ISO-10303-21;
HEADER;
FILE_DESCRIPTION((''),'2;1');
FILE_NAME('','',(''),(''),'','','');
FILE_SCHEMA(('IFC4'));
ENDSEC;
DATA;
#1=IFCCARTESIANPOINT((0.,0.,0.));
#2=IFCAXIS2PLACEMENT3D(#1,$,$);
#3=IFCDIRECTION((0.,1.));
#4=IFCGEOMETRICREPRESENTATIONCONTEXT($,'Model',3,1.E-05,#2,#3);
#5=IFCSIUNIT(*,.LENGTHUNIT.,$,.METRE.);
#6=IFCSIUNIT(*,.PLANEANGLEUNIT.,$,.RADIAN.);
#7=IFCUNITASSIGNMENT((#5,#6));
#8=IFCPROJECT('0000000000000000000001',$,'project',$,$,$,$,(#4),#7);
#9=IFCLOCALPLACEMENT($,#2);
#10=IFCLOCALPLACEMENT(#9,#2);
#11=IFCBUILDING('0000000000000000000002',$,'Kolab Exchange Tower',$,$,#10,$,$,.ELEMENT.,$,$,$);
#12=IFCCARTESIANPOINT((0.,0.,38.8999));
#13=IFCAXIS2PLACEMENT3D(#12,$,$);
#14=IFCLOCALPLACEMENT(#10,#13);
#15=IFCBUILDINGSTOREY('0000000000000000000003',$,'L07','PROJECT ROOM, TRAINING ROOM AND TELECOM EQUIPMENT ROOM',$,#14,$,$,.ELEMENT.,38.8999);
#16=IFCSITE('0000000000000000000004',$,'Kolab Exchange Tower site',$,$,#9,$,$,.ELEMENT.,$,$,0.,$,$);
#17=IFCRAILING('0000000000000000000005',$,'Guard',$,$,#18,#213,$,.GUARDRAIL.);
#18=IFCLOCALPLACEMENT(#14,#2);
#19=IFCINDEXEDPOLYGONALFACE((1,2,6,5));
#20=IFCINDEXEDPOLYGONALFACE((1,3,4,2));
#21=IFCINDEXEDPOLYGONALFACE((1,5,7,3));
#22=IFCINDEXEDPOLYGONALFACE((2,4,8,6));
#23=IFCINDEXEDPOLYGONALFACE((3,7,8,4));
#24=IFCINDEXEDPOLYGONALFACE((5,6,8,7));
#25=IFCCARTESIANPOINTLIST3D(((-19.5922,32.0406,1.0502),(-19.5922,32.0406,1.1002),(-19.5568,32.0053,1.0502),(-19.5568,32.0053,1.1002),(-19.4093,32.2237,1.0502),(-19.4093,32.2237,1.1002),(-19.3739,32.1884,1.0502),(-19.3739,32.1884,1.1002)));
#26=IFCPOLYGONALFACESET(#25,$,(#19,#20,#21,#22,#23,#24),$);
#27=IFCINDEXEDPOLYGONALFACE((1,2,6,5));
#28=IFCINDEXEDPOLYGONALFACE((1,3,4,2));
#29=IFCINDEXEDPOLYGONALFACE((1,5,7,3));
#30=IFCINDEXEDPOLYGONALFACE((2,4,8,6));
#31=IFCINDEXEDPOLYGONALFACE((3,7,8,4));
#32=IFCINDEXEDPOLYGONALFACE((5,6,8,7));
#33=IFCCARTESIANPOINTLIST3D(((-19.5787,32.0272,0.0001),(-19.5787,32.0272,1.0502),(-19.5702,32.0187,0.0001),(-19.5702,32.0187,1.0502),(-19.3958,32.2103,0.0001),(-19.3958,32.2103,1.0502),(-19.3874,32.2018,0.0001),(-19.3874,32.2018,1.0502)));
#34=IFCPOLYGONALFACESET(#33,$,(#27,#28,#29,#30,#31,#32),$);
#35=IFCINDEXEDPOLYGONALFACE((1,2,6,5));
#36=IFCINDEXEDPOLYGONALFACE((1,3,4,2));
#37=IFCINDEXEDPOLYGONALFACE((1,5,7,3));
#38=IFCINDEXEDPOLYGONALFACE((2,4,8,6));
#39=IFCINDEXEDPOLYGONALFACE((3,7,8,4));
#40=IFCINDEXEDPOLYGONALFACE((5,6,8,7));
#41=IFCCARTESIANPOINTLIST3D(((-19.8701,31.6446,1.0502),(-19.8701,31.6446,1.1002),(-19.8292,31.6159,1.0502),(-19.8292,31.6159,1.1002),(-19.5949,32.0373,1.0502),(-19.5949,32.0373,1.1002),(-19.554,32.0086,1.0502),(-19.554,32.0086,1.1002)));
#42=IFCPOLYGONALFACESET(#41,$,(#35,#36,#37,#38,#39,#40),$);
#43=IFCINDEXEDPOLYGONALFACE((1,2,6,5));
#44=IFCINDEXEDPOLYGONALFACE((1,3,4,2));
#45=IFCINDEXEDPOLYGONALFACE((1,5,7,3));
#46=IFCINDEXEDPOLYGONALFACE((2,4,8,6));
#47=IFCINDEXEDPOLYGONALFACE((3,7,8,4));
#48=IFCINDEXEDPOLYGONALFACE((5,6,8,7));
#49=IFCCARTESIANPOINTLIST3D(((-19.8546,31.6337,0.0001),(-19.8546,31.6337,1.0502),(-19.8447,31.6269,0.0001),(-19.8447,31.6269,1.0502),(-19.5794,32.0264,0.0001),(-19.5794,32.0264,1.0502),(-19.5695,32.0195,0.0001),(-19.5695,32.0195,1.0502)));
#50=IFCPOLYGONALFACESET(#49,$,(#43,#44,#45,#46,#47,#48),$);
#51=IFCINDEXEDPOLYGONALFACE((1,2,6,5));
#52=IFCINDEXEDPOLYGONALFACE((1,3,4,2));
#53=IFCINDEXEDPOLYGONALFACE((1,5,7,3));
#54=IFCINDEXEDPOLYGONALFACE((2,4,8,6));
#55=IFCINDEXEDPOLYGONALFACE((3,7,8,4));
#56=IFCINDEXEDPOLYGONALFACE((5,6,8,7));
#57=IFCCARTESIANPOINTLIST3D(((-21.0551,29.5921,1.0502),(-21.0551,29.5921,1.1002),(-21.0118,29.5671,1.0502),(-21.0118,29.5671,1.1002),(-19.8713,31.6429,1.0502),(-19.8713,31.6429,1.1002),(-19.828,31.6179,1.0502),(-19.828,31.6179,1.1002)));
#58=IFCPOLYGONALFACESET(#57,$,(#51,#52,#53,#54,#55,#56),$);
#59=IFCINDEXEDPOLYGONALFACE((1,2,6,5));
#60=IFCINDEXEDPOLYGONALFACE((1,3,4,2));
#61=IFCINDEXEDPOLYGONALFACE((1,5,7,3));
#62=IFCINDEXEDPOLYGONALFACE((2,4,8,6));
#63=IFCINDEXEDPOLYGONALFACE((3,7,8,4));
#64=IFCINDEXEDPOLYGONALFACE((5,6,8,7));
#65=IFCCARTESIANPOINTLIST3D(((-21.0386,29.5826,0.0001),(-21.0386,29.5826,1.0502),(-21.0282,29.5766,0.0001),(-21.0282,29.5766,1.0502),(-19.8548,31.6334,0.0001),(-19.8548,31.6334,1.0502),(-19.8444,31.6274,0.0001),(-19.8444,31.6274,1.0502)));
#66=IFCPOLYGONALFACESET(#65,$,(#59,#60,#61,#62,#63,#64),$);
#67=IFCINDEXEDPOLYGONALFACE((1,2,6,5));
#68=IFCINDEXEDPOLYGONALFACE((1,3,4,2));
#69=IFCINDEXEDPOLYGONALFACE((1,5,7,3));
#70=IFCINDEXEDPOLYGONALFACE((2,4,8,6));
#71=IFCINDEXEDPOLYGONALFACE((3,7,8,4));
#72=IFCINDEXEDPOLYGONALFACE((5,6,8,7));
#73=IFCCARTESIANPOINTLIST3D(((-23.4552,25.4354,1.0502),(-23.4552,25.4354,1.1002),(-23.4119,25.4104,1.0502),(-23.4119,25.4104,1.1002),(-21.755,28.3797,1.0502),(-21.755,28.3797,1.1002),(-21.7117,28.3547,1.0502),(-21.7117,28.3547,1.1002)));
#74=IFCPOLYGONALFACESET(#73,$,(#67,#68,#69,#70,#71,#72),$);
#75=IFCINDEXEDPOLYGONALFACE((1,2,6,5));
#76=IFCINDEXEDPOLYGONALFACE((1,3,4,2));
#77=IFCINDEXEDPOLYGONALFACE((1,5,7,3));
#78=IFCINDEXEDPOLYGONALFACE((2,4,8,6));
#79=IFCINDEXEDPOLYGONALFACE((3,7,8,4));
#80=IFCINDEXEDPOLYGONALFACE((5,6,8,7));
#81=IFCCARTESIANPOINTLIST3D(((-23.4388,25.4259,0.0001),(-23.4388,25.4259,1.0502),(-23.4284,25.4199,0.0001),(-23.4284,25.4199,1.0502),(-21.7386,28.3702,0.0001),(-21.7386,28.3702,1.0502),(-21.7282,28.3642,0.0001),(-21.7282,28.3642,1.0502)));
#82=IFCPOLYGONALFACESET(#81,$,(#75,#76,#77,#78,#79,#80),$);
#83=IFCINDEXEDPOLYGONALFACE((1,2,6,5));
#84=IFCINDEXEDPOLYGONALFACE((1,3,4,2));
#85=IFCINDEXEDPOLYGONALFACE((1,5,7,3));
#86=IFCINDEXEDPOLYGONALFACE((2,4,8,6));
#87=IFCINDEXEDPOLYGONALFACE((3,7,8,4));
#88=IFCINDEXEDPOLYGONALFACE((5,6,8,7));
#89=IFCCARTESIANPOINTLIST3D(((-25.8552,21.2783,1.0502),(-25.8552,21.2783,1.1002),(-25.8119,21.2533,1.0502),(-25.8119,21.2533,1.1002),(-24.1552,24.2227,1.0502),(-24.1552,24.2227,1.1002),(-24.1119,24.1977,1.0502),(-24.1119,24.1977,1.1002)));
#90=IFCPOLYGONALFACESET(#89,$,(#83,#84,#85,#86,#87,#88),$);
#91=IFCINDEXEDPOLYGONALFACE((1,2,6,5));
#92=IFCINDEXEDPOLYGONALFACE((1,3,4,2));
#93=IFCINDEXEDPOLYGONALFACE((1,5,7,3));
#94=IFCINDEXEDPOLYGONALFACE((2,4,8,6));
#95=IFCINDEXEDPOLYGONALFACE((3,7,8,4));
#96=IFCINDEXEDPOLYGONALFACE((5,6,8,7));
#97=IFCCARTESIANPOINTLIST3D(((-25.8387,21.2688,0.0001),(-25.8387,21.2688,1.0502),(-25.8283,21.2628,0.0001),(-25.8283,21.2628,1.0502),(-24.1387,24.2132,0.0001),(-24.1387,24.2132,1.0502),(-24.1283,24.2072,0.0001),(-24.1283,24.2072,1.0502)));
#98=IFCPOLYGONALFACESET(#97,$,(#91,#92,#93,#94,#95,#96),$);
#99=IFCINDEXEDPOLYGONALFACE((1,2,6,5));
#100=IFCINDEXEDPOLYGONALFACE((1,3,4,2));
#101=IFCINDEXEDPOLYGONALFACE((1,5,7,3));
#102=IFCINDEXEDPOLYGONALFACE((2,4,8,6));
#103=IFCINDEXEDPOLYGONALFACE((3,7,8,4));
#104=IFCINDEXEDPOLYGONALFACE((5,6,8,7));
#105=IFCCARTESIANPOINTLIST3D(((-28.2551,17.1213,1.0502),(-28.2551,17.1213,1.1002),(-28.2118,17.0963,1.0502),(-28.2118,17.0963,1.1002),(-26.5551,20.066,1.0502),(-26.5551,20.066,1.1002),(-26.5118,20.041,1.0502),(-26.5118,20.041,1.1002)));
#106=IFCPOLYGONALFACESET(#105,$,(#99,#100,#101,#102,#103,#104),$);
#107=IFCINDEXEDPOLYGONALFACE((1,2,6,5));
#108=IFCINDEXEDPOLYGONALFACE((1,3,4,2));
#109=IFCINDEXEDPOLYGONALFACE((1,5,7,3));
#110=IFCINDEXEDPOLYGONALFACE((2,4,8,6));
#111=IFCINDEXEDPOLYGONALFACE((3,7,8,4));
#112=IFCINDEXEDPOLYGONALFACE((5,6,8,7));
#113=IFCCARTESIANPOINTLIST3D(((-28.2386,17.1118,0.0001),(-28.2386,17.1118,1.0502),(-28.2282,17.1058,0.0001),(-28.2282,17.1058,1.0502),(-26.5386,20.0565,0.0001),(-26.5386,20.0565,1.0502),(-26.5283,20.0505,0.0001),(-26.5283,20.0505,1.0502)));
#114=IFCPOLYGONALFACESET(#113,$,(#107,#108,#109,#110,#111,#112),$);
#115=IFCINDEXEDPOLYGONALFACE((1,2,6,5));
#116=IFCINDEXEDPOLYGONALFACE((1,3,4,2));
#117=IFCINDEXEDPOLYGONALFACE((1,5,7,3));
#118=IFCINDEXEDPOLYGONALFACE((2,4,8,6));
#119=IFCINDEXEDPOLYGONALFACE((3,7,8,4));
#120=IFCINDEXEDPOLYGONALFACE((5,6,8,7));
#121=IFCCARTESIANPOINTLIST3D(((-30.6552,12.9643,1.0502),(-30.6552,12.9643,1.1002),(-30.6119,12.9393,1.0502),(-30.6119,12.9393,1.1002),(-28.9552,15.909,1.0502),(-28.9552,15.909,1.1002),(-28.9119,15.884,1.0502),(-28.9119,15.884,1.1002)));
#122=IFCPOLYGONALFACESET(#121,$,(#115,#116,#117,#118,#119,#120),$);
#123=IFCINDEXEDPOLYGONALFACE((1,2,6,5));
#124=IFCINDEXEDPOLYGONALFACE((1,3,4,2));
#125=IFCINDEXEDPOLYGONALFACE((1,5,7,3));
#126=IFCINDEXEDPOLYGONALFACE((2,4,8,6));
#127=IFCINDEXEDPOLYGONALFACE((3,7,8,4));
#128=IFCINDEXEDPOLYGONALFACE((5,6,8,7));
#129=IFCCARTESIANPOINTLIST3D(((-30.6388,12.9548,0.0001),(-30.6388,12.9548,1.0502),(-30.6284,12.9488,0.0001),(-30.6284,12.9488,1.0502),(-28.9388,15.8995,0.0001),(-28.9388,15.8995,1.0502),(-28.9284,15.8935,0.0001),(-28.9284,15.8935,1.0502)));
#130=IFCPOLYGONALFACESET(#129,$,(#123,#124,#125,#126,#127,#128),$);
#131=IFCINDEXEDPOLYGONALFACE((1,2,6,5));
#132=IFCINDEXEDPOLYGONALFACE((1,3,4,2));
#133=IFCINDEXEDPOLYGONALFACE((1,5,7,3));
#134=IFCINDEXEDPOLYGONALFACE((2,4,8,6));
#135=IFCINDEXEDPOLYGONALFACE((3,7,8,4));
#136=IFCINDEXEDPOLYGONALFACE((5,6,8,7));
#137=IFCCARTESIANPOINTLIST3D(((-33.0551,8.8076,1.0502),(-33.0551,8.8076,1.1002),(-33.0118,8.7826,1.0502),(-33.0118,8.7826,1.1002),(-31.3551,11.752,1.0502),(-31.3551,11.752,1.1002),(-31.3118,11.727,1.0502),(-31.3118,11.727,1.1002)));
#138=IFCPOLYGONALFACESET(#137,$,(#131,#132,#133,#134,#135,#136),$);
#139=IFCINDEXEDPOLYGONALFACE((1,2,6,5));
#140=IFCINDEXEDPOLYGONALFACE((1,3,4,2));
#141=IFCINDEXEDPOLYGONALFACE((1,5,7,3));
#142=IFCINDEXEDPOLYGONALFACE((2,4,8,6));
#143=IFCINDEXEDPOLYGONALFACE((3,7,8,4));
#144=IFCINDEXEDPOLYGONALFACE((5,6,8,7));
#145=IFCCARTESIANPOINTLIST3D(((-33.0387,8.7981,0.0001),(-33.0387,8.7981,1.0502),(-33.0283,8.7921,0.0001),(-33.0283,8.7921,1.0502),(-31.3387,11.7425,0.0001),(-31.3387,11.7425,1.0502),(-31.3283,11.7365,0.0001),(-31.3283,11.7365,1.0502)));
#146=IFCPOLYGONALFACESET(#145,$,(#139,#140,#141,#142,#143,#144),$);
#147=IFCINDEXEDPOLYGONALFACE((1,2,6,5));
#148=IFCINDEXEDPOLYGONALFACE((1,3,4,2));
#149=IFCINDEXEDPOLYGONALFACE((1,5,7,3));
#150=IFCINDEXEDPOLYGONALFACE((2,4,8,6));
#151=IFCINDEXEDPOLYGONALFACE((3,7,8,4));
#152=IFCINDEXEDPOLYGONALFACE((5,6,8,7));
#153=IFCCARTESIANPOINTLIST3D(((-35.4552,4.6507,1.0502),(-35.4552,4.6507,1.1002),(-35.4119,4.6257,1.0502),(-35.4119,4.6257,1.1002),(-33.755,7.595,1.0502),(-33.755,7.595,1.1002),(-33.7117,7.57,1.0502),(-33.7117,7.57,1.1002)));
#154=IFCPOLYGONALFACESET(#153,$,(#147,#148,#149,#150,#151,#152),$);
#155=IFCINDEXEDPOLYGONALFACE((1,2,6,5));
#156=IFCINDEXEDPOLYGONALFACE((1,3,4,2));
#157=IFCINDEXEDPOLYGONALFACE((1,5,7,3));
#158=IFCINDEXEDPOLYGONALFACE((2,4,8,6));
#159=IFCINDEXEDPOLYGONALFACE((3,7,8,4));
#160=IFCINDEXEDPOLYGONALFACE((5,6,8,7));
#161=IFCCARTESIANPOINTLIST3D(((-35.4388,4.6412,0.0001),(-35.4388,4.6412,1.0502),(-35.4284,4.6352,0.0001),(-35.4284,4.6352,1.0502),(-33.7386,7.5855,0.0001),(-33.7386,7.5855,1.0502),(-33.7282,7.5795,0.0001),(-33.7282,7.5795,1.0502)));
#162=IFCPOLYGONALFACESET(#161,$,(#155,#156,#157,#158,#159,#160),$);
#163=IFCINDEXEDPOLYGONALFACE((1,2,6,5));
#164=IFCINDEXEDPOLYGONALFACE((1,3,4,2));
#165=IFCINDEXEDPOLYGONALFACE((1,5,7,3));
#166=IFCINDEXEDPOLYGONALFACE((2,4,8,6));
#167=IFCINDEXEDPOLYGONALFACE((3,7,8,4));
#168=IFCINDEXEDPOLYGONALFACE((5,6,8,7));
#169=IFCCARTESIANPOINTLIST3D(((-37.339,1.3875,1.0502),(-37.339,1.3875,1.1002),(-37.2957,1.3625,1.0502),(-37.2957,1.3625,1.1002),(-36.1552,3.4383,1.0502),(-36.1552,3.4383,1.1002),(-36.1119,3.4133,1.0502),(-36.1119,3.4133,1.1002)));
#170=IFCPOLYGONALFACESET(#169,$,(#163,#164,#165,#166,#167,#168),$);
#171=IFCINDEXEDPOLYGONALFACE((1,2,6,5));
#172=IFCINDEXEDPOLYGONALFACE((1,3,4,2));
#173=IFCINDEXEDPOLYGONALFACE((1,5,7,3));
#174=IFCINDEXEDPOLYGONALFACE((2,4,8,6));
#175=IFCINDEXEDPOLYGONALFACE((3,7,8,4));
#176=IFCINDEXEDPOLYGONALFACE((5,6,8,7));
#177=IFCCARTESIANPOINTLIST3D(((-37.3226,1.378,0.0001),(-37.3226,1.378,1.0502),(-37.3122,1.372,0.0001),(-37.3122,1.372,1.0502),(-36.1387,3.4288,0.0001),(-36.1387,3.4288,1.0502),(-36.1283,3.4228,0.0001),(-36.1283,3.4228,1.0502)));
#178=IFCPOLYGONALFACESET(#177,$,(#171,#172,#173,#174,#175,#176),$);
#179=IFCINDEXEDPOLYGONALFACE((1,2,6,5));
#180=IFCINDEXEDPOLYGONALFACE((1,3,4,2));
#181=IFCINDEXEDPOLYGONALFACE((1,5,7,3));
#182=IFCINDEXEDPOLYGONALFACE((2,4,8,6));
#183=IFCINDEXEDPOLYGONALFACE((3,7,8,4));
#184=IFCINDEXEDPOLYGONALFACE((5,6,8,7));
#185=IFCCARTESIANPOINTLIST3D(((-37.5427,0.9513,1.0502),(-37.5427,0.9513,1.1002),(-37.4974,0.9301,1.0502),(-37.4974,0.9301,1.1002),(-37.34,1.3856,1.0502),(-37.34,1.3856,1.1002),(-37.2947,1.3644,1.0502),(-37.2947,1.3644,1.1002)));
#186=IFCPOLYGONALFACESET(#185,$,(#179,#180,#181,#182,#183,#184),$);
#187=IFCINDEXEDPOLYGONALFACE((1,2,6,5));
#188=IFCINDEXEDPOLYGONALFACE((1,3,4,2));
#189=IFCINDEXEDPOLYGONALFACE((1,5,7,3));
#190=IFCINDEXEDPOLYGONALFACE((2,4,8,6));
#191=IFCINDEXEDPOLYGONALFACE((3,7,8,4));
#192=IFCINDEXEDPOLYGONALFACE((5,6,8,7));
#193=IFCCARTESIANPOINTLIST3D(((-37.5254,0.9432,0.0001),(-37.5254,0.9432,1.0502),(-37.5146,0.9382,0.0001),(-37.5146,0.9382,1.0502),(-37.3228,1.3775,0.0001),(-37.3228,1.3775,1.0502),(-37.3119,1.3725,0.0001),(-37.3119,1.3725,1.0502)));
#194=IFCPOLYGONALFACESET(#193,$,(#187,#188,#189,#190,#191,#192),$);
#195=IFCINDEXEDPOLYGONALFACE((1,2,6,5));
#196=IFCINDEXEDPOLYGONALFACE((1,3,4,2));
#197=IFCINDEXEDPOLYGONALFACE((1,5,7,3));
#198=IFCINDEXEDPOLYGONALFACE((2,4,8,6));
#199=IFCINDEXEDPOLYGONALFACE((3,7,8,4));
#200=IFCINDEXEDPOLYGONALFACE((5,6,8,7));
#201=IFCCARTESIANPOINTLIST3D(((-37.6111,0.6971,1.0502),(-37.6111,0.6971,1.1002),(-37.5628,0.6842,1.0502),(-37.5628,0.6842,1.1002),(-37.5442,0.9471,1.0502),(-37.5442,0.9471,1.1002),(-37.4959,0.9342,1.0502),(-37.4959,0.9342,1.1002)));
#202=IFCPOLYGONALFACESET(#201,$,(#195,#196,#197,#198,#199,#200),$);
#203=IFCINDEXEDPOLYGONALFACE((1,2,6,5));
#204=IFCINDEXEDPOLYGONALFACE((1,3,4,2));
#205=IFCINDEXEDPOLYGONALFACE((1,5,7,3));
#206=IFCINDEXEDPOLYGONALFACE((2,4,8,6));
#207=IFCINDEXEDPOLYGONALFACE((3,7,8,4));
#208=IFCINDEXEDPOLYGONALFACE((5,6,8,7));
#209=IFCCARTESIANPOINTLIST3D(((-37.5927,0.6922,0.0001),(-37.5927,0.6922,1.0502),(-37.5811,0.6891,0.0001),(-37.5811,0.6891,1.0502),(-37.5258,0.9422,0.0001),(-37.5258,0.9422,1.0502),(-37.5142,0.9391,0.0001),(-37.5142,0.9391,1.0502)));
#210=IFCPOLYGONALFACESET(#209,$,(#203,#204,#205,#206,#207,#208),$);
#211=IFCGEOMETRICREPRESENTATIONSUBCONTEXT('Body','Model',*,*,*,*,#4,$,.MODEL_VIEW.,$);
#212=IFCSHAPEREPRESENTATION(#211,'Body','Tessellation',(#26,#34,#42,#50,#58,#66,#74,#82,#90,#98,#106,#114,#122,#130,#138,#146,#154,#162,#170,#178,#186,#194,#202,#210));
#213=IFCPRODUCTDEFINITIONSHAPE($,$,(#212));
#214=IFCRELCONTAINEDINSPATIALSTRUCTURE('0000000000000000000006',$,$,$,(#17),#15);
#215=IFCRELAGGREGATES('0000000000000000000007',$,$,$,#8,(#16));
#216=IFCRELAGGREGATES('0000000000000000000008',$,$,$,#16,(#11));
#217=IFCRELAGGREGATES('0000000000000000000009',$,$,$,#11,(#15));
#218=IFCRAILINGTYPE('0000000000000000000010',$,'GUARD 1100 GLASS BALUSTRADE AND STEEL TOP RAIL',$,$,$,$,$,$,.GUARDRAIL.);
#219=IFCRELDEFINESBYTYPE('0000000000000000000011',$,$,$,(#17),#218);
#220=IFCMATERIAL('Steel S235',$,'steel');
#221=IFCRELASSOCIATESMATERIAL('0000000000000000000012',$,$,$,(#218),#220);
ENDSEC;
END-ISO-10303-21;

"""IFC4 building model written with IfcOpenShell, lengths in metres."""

from ifc_helpers import new_model, si_unit, direction, frame, frame_2d, origin, origin_2d, place, context, subcontext, project, spatial, rectangle, extrude, material, type_object, element, save


model = new_model("IFC4")

# Units and contexts
model_context = context("Model", 3, precision=1e-05, world=origin(), true_north=direction((0.0, 1.0)))
body_context = subcontext(model_context, "Body", "Model", "MODEL_VIEW")
ifc_project = project(units=[si_unit("LENGTHUNIT", "METRE"), si_unit("PLANEANGLEUNIT", "RADIAN")], contexts=[model_context])

# Site, building, storey
site_placement = place(None, origin())
site = spatial("IfcSite", under=ifc_project, at=site_placement, Name="Kolab Exchange Tower site", CompositionType="ELEMENT", RefElevation=0.0)
building_placement = place(site_placement, origin())
building = spatial("IfcBuilding", under=site, at=building_placement, Name="Kolab Exchange Tower", CompositionType="ELEMENT")
storey_placement = place(building_placement, frame((0.0, 0.0, 38.8999)))
storey = spatial("IfcBuildingStorey", under=building, at=storey_placement, Name="L07", Description="PROJECT ROOM, TRAINING ROOM AND TELECOM EQUIPMENT ROOM", CompositionType="ELEMENT", Elevation=38.8999)

# Railing
ifc_material_1 = material(Name="Steel S235", Category="steel")
railing_type = type_object("IfcRailingType", Name="GUARD 1100 GLASS BALUSTRADE AND STEEL TOP RAIL", PredefinedType="GUARDRAIL", material=ifc_material_1)
railing_1_placement = place(storey_placement, frame((-19.3916, 32.2061, 0.0)))
element("IfcRailing", 1, at=railing_1_placement, inside=storey, type_object=railing_type, Name="Guard", PredefinedType="GUARDRAIL", context=body_context, shape_type="SweptSolid", body=[
    extrude(rectangle(XDim=0.05, YDim=0.05, at=origin_2d()), frame((0.0, 0.0, 1.0752), z_axis=(-0.706635, -0.707578, 0.0), x_axis=(0.707578, -0.706635, 0.0)), (0.0, 0.0, 1.0), 0.2588),
    extrude(rectangle(XDim=0.012, YDim=1.0501, at=frame_2d((0.0, 0.5251))), frame((0.0, 0.0, 0.0), z_axis=(-0.706635, -0.707578, 0.0), x_axis=(0.707578, -0.706635, 0.0)), (0.0, 0.0, 1.0), 0.2588),
    extrude(rectangle(XDim=0.05, YDim=0.05, at=origin_2d()), frame((-0.1829, -0.1831, 1.0752), z_axis=(-0.573941, -0.818897, 0.0), x_axis=(0.818897, -0.573941, 0.0)), (0.0, 0.0, 1.0), 0.4795),
    extrude(rectangle(XDim=0.012, YDim=1.0501, at=frame_2d((0.0, 0.5251))), frame((-0.1829, -0.1831, 0.0), z_axis=(-0.573941, -0.818897, 0.0), x_axis=(0.818897, -0.573941, 0.0)), (0.0, 0.0, 1.0), 0.4795),
    extrude(rectangle(XDim=0.05, YDim=0.05, at=origin_2d()), frame((-0.458, -0.5757, 1.0752), z_axis=(-0.499943, -0.866059, 0.0), x_axis=(0.866059, -0.499943, 0.0)), (0.0, 0.0, 1.0), 2.3679),
    extrude(rectangle(XDim=0.012, YDim=1.0501, at=frame_2d((0.0, 0.5251))), frame((-0.458, -0.5757, 0.0), z_axis=(-0.499943, -0.866059, 0.0), x_axis=(0.866059, -0.499943, 0.0)), (0.0, 0.0, 1.0), 2.3679),
    extrude(rectangle(XDim=0.05, YDim=0.05, at=origin_2d()), frame((-2.3418, -3.8389, 1.0752), z_axis=(-0.500062, -0.865989, 0.0), x_axis=(0.865989, -0.500062, 0.0)), (0.0, 0.0, 1.0), 3.3999),
    extrude(rectangle(XDim=0.012, YDim=1.0501, at=frame_2d((0.0, 0.5251))), frame((-2.3418, -3.8389, 0.0), z_axis=(-0.500062, -0.865989, 0.0), x_axis=(0.865989, -0.500062, 0.0)), (0.0, 0.0, 1.0), 3.3999),
    extrude(rectangle(XDim=0.05, YDim=0.05, at=origin_2d()), frame((-4.7419, -7.9958, 1.0752), z_axis=(-0.500008, -0.866021, 0.0), x_axis=(0.866021, -0.500008, 0.0)), (0.0, 0.0, 1.0), 3.3999),
    extrude(rectangle(XDim=0.012, YDim=1.0501, at=frame_2d((0.0, 0.5251))), frame((-4.7419, -7.9958, 0.0), z_axis=(-0.500008, -0.866021, 0.0), x_axis=(0.866021, -0.500008, 0.0)), (0.0, 0.0, 1.0), 3.3999),
    extrude(rectangle(XDim=0.05, YDim=0.05, at=origin_2d()), frame((-7.1418, -12.1526, 1.0752), z_axis=(-0.499977, -0.866039, 0.0), x_axis=(0.866039, -0.499977, 0.0)), (0.0, 0.0, 1.0), 3.4001),
    extrude(rectangle(XDim=0.012, YDim=1.0501, at=frame_2d((0.0, 0.5251))), frame((-7.1418, -12.1526, 0.0), z_axis=(-0.499977, -0.866039, 0.0), x_axis=(0.866039, -0.499977, 0.0)), (0.0, 0.0, 1.0), 3.4001),
    extrude(rectangle(XDim=0.05, YDim=0.05, at=origin_2d()), frame((-9.542, -16.3096, 1.0752), z_axis=(-0.499977, -0.866039, 0.0), x_axis=(0.866039, -0.499977, 0.0)), (0.0, 0.0, 1.0), 3.4001),
    extrude(rectangle(XDim=0.012, YDim=1.0501, at=frame_2d((0.0, 0.5251))), frame((-9.542, -16.3096, 0.0), z_axis=(-0.499977, -0.866039, 0.0), x_axis=(0.866039, -0.499977, 0.0)), (0.0, 0.0, 1.0), 3.4001),
    extrude(rectangle(XDim=0.05, YDim=0.05, at=origin_2d()), frame((-11.9419, -20.4666, 1.0752), z_axis=(-0.500008, -0.866021, 0.0), x_axis=(0.866021, -0.500008, 0.0)), (0.0, 0.0, 1.0), 3.3999),
    extrude(rectangle(XDim=0.012, YDim=1.0501, at=frame_2d((0.0, 0.5251))), frame((-11.9419, -20.4666, 0.0), z_axis=(-0.500008, -0.866021, 0.0), x_axis=(0.866021, -0.500008, 0.0)), (0.0, 0.0, 1.0), 3.3999),
    extrude(rectangle(XDim=0.05, YDim=0.05, at=origin_2d()), frame((-14.3418, -24.6235, 1.0752), z_axis=(-0.500062, -0.865989, 0.0), x_axis=(0.865989, -0.500062, 0.0)), (0.0, 0.0, 1.0), 3.3999),
    extrude(rectangle(XDim=0.012, YDim=1.0501, at=frame_2d((0.0, 0.5251))), frame((-14.3418, -24.6235, 0.0), z_axis=(-0.500062, -0.865989, 0.0), x_axis=(0.865989, -0.500062, 0.0)), (0.0, 0.0, 1.0), 3.3999),
    extrude(rectangle(XDim=0.05, YDim=0.05, at=origin_2d()), frame((-16.7419, -28.7803, 1.0752), z_axis=(-0.499943, -0.866059, 0.0), x_axis=(0.866059, -0.499943, 0.0)), (0.0, 0.0, 1.0), 2.3679),
    extrude(rectangle(XDim=0.012, YDim=1.0501, at=frame_2d((0.0, 0.5251))), frame((-16.7419, -28.7803, 0.0), z_axis=(-0.499943, -0.866059, 0.0), x_axis=(0.866059, -0.499943, 0.0)), (0.0, 0.0, 1.0), 2.3679),
    extrude(rectangle(XDim=0.05, YDim=0.05, at=origin_2d()), frame((-17.9258, -30.8311, 1.0752), z_axis=(-0.422802, -0.906222, 0.0), x_axis=(0.906222, -0.422802, 0.0)), (0.0, 0.0, 1.0), 0.4792),
    extrude(rectangle(XDim=0.012, YDim=1.0501, at=frame_2d((0.0, 0.5251))), frame((-17.9258, -30.8311, 0.0), z_axis=(-0.422802, -0.906222, 0.0), x_axis=(0.906222, -0.422802, 0.0)), (0.0, 0.0, 1.0), 0.4792),
    extrude(rectangle(XDim=0.05, YDim=0.05, at=origin_2d()), frame((-18.1284, -31.2654, 1.0752), z_axis=(-0.258485, -0.966015, 0.0), x_axis=(0.966015, -0.258485, 0.0)), (0.0, 0.0, 1.0), 0.2588),
    extrude(rectangle(XDim=0.012, YDim=1.0501, at=frame_2d((0.0, 0.5251))), frame((-18.1284, -31.2654, 0.0), z_axis=(-0.258485, -0.966015, 0.0), x_axis=(0.966015, -0.258485, 0.0)), (0.0, 0.0, 1.0), 0.2588),
])

save(model, "model.ifc")
